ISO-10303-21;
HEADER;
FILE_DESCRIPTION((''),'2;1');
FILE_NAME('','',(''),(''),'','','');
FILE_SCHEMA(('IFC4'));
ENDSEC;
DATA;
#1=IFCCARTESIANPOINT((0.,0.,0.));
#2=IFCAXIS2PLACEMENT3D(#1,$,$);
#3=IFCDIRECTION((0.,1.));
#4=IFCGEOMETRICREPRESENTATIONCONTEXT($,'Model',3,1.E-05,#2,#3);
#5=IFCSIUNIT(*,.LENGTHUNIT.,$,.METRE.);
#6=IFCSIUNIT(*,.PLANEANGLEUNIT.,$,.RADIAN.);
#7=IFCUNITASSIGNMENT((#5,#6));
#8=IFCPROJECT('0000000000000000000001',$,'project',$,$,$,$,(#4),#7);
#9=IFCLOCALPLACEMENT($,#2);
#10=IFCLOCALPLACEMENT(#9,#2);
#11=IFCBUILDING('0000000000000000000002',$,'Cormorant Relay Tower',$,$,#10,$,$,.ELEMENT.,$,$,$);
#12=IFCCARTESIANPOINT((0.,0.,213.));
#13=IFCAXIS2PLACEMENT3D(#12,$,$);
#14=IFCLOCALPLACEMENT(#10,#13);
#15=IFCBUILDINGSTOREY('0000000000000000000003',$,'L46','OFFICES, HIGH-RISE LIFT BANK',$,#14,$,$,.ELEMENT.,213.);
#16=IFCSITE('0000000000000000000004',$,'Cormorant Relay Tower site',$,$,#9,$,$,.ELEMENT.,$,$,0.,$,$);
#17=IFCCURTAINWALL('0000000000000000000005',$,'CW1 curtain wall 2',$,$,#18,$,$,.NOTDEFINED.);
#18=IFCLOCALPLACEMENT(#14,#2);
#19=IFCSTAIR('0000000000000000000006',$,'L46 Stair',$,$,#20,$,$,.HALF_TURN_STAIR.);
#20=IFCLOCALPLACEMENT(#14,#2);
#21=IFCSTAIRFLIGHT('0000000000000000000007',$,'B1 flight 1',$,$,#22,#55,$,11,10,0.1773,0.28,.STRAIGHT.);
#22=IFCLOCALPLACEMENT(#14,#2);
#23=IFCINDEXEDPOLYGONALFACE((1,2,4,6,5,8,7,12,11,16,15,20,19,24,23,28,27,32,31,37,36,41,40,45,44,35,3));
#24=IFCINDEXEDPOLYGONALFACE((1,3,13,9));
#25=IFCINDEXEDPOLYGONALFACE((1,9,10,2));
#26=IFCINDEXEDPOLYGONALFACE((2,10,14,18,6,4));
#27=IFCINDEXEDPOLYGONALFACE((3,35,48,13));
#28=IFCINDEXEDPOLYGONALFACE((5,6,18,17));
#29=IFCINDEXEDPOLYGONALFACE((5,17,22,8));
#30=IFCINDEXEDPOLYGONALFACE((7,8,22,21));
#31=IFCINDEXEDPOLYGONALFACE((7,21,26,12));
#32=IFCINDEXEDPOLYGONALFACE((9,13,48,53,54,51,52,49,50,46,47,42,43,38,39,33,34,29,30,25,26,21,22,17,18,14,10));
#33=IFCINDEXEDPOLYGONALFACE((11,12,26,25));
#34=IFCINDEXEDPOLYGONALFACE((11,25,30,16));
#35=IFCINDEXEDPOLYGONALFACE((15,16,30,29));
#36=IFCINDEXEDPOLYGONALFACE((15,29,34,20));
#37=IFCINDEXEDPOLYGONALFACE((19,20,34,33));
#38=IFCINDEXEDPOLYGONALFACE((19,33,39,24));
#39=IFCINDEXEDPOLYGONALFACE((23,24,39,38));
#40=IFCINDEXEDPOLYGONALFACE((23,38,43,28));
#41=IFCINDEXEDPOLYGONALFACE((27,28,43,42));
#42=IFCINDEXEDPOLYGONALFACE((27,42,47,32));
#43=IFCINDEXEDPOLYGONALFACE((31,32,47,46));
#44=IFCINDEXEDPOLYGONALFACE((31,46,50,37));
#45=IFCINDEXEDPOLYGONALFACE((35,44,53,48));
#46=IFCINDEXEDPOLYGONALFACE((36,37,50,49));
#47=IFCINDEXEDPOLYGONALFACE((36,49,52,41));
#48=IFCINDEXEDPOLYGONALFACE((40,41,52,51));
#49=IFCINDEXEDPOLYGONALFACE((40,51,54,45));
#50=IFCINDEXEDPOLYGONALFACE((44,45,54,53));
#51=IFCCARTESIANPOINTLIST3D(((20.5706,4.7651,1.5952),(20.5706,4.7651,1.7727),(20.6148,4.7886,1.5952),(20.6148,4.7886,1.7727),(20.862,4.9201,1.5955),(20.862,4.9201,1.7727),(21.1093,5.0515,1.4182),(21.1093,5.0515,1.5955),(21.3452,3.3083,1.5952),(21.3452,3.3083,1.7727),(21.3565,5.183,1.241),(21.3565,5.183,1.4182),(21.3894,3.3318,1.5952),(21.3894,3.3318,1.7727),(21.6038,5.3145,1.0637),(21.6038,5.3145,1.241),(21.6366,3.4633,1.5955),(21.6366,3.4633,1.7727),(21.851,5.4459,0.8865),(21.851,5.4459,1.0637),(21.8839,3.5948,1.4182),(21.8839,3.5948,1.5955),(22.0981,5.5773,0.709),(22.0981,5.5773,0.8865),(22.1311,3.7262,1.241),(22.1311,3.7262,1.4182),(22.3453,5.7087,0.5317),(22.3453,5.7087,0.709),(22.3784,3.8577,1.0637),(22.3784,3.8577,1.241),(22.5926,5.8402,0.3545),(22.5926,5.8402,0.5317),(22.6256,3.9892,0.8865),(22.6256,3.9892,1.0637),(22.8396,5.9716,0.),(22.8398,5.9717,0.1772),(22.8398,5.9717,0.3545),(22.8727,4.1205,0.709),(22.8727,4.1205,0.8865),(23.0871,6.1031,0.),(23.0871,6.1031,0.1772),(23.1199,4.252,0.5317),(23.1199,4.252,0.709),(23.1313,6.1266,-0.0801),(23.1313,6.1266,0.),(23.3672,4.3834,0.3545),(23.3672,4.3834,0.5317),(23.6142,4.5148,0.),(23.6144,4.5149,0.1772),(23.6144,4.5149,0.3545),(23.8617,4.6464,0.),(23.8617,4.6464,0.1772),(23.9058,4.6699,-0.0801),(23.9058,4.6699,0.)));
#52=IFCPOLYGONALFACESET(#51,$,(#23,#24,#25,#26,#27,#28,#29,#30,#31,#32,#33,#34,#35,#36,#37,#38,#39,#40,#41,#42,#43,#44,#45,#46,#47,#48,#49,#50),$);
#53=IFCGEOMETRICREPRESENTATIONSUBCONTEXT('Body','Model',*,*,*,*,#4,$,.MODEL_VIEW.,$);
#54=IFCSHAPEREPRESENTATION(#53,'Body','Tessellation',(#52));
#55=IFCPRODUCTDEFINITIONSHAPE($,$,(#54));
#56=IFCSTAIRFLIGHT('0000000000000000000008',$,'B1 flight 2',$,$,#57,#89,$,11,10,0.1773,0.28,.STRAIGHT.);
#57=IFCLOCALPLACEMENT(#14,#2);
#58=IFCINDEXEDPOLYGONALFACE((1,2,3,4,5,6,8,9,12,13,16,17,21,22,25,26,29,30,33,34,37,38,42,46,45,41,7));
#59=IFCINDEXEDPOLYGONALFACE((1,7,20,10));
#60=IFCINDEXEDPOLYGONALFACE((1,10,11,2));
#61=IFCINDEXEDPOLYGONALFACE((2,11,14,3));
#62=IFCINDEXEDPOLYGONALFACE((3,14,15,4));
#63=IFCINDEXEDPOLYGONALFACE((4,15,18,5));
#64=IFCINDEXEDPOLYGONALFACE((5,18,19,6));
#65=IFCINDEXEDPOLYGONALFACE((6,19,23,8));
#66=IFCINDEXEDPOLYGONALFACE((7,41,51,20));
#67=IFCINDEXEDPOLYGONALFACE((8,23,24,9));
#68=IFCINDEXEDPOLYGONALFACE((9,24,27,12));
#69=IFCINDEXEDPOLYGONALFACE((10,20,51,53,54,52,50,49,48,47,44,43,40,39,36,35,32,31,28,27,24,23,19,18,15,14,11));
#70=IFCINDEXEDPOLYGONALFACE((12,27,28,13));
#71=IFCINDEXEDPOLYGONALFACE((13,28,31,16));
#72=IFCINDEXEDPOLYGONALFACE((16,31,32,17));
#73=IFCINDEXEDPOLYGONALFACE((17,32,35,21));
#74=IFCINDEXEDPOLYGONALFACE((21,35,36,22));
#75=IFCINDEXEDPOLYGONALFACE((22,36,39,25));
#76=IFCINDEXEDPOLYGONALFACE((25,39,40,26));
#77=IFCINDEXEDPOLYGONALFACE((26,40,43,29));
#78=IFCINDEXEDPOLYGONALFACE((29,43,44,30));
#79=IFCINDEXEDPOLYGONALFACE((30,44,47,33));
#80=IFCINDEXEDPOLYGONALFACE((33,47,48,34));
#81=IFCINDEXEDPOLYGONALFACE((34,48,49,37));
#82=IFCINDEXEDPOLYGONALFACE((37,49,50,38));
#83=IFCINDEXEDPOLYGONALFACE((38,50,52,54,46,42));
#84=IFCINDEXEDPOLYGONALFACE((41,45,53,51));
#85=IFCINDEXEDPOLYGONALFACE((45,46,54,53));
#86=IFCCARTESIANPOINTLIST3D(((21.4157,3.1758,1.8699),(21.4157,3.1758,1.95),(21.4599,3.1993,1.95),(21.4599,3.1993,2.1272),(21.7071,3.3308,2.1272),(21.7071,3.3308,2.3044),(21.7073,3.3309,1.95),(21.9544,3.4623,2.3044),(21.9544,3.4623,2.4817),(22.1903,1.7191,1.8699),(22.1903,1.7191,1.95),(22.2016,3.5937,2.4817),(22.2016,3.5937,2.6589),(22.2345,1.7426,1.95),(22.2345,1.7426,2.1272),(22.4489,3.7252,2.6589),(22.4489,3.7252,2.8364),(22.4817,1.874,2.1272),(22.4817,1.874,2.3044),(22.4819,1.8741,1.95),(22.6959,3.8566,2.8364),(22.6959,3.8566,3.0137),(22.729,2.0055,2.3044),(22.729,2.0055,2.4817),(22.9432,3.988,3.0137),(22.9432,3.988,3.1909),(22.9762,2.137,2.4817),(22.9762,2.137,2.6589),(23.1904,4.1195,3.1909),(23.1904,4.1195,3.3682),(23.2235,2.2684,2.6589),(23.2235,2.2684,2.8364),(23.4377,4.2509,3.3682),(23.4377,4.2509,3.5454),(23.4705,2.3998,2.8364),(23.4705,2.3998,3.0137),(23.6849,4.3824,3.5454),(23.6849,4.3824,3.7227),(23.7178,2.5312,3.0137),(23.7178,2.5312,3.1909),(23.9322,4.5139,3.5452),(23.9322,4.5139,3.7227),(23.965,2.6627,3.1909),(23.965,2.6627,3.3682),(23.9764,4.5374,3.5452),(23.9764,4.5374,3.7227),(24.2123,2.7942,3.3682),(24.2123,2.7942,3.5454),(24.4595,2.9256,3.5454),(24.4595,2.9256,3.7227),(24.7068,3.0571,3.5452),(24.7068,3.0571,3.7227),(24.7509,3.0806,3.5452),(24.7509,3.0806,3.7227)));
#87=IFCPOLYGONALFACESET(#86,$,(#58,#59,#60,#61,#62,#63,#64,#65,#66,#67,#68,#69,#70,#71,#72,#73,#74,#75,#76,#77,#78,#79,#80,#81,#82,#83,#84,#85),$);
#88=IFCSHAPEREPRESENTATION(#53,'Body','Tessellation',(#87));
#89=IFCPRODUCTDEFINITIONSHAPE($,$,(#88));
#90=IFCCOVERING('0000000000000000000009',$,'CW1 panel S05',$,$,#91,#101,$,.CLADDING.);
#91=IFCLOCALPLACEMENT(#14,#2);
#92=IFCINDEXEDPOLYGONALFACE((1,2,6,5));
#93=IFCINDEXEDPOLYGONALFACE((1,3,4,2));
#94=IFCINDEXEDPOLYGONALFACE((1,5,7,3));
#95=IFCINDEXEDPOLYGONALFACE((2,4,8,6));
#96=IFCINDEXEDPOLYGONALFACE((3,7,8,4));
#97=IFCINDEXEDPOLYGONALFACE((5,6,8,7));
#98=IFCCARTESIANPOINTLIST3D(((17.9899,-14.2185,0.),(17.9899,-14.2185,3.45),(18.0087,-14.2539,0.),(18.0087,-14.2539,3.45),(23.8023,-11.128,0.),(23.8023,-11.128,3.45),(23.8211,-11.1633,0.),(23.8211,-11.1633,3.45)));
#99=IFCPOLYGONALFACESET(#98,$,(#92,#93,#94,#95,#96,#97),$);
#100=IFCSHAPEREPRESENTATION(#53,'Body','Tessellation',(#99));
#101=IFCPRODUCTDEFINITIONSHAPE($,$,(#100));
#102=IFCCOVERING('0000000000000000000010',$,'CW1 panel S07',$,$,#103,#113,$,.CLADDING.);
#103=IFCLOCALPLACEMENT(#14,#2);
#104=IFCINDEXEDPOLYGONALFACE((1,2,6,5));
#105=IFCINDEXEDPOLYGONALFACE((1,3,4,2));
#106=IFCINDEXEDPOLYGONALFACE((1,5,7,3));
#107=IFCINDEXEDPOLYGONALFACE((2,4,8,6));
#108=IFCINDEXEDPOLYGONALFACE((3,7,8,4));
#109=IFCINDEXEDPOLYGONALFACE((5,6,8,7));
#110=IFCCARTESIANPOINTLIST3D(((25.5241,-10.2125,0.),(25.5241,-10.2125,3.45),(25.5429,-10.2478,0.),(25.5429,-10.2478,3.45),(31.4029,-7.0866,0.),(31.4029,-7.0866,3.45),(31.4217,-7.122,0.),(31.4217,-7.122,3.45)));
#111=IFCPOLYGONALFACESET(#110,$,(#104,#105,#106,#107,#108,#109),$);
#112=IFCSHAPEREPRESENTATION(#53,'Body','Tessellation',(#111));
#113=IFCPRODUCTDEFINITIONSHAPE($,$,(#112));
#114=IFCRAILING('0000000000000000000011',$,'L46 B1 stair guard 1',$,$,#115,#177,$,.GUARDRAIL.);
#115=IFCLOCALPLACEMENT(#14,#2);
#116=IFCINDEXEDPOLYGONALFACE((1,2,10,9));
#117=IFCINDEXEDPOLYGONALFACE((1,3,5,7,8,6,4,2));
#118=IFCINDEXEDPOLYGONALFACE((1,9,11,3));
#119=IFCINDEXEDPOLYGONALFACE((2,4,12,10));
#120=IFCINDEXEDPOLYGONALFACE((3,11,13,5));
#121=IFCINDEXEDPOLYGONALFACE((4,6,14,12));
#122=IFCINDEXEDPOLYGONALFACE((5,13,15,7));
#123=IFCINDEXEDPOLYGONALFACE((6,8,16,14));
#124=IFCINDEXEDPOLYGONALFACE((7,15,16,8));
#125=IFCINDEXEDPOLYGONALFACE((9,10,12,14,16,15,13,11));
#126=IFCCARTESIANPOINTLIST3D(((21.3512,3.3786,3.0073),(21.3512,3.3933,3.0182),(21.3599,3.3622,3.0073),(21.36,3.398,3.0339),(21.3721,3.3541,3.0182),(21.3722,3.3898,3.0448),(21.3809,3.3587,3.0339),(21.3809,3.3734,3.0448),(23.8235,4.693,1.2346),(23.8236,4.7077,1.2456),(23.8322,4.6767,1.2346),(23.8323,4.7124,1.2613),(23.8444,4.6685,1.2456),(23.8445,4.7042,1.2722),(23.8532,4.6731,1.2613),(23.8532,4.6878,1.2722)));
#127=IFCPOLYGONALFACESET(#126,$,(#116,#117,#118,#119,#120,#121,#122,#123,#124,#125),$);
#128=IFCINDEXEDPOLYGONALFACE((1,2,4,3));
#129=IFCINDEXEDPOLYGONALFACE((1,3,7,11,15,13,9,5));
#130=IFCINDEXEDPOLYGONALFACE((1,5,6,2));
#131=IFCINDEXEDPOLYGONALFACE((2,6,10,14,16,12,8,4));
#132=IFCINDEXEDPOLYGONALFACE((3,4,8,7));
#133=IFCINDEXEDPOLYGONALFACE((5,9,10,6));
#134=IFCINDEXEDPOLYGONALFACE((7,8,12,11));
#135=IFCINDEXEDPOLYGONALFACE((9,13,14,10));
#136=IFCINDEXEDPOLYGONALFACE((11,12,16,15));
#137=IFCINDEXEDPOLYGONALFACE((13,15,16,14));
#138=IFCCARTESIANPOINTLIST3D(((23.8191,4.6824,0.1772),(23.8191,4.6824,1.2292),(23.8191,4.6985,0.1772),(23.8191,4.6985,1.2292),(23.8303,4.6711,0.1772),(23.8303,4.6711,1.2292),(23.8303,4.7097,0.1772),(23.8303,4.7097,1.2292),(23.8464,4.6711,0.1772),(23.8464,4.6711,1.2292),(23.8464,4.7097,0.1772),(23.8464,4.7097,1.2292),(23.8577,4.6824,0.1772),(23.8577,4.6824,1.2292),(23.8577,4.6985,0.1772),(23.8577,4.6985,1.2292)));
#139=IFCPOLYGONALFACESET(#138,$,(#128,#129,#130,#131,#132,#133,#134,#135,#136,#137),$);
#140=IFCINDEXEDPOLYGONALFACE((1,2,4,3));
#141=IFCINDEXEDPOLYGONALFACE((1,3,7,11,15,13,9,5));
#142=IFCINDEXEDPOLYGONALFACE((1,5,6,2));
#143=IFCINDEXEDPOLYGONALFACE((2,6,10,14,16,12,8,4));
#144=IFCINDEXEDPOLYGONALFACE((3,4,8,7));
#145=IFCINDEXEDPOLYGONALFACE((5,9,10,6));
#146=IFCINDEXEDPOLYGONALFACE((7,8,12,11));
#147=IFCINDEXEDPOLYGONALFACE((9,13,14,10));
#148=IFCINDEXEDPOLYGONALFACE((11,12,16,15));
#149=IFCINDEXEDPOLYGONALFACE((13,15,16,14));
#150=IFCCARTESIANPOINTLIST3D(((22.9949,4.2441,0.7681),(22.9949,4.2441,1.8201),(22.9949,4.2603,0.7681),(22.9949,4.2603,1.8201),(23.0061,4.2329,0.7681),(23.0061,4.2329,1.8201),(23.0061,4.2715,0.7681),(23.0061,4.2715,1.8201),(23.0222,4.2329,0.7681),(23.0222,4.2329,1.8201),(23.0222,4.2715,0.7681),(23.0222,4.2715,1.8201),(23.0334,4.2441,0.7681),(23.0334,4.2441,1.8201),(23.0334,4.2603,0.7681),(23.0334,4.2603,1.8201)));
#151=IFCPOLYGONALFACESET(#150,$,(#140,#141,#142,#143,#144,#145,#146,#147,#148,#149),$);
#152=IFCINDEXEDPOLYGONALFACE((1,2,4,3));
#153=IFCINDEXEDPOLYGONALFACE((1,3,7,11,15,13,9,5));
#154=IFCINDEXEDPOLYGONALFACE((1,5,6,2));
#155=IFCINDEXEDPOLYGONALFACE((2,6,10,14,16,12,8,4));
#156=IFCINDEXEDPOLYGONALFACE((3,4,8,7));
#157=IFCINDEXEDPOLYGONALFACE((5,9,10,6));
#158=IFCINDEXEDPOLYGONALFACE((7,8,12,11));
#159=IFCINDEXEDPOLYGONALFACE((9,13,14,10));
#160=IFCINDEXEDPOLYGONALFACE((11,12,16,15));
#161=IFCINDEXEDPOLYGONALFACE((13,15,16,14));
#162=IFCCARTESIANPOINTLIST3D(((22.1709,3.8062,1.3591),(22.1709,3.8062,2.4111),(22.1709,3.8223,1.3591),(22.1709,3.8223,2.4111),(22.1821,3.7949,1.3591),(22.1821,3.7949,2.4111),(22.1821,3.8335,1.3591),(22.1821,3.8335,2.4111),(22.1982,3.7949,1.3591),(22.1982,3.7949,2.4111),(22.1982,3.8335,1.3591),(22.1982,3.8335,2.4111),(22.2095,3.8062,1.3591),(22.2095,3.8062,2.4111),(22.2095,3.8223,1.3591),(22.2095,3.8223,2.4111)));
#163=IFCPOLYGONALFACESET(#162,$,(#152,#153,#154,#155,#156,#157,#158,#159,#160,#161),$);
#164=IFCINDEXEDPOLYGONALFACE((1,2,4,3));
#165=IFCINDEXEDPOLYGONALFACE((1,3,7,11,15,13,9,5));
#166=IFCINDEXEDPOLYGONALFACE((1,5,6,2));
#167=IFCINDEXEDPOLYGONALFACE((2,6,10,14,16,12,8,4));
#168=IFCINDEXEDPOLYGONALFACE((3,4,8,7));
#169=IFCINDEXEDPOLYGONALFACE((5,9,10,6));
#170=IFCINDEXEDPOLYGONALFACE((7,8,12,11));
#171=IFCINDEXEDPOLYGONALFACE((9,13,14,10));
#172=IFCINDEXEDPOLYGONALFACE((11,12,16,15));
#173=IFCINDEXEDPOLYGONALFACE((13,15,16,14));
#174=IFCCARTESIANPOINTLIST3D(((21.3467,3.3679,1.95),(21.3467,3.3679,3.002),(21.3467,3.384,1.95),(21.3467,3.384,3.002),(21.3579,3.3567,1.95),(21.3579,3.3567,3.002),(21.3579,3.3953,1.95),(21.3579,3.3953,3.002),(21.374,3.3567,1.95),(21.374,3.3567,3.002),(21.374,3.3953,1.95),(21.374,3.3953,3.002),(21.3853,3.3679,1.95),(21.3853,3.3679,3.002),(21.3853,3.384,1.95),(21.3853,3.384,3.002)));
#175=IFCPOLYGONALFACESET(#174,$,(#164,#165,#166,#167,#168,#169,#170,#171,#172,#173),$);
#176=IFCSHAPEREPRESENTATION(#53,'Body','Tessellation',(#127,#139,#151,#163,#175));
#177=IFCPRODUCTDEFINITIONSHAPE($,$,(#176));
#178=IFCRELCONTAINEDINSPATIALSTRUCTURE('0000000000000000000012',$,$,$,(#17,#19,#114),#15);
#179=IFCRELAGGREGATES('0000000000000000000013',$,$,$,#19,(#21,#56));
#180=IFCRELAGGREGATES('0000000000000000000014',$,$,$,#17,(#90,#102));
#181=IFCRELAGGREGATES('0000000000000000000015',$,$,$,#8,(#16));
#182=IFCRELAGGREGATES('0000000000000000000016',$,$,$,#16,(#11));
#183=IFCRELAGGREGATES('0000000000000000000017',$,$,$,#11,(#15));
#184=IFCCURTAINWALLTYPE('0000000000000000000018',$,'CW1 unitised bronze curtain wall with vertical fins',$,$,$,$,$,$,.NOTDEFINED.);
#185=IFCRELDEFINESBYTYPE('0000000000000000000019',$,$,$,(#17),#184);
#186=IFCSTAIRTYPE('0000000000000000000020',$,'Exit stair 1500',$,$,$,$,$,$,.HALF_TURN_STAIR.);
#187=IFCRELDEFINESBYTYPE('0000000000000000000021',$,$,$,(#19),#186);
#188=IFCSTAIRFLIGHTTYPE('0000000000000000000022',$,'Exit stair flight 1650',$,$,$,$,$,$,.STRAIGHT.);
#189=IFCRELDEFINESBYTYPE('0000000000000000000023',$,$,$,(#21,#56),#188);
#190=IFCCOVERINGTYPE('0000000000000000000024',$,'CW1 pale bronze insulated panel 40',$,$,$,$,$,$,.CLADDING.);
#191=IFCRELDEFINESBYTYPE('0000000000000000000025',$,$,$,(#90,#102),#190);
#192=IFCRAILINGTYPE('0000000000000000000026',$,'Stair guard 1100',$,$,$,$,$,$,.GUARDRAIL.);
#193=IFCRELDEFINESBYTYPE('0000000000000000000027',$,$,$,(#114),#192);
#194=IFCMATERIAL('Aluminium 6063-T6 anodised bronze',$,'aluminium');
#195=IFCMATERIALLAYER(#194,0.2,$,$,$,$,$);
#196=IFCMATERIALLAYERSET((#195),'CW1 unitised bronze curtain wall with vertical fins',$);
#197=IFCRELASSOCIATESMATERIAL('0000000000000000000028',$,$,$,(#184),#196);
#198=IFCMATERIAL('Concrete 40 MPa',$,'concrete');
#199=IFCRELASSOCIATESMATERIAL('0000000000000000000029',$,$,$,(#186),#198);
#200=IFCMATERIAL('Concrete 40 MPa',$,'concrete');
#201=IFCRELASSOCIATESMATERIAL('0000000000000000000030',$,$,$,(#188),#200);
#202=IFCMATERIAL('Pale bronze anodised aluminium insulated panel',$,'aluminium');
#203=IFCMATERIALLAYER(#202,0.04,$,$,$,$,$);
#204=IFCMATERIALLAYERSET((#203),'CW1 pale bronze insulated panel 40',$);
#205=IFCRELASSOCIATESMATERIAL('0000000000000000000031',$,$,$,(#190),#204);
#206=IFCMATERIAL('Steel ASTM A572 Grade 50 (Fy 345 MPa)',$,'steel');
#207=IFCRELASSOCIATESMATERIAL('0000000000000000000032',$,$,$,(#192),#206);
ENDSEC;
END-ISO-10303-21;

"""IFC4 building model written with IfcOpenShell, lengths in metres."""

from ifc_helpers import new_model, si_unit, direction, frame, origin, origin_2d, place, context, subcontext, project, spatial, polyline, rectangle, outline, extrude, material, layer, layer_set, type_object, element, aggregate, save


model = new_model("IFC4")

# Units and contexts
model_context = context("Model", 3, precision=1e-05, world=origin(), true_north=direction((0.0, 1.0)))
body_context = subcontext(model_context, "Body", "Model", "MODEL_VIEW")
ifc_project = project(units=[si_unit("LENGTHUNIT", "METRE"), si_unit("PLANEANGLEUNIT", "RADIAN")], contexts=[model_context])

# Site, building, storey
site_placement = place(None, origin())
site = spatial("IfcSite", under=ifc_project, at=site_placement, Name="Cormorant Relay Tower site", CompositionType="ELEMENT", RefElevation=0.0)
building_placement = place(site_placement, origin())
building = spatial("IfcBuilding", under=site, at=building_placement, Name="Cormorant Relay Tower", CompositionType="ELEMENT")
storey_placement = place(building_placement, frame((0.0, 0.0, 213.0)))
storey = spatial("IfcBuildingStorey", under=building, at=storey_placement, Name="L46", Description="OFFICES, HIGH-RISE LIFT BANK", CompositionType="ELEMENT", Elevation=213.0)

# Curtain wall
ifc_material_1 = material(Name="Aluminium 6063-T6 anodised bronze", Category="aluminium")
ifc_layer_1 = layer(ifc_material_1, 0.2)
ifc_layer_set_1 = layer_set([ifc_layer_1], Name="CW1 unitised bronze curtain wall with vertical fins")
curtain_wall_type = type_object("IfcCurtainWallType", Name="CW1 unitised bronze curtain wall with vertical fins", PredefinedType="NOTDEFINED", material=ifc_layer_set_1)
curtain_wall_placement = place(storey_placement, origin())
curtain_wall = element("IfcCurtainWall", 1, at=curtain_wall_placement, inside=storey, type_object=curtain_wall_type, Name="CW1 curtain wall 2", PredefinedType="NOTDEFINED")

# Stair, stair flights
ifc_material_2 = material(Name="Concrete 40 MPa", Category="concrete")
stair_type = type_object("IfcStairType", Name="Exit stair 1500", PredefinedType="HALF_TURN_STAIR", material=ifc_material_2)
stair_placement = place(storey_placement, origin())
stair = element("IfcStair", 2, at=stair_placement, inside=storey, type_object=stair_type, Name="L46 Stair", PredefinedType="HALF_TURN_STAIR")
ifc_material_3 = material(Name="Concrete 40 MPa", Category="concrete")
stair_flight_type = type_object("IfcStairFlightType", Name="Exit stair flight 1650", PredefinedType="STRAIGHT", material=ifc_material_3)
stair_flight_1_placement = place(storey_placement, frame((23.4744, 5.3748, 0.0), z_axis=(0.0, 0.0, 1.0), x_axis=(-0.882948, -0.469472, 0.0)))
stair_flight_1 = element("IfcStairFlight", 3, at=stair_flight_1_placement, type_object=stair_flight_type, Name="B1 flight 1", NumberOfRisers=11, NumberOfTreads=10, PredefinedType="STRAIGHT", RiserHeight=0.1773, TreadLength=0.28, context=body_context, shape_type="SweptSolid", body=[
    extrude(outline(polyline([(-0.05, -0.0801), (-0.05, 0.0), (0.0, 0.0), (0.0, 0.1772), (0.28, 0.1772), (0.28, 0.3545), (0.5601, 0.3545), (0.5601, 0.5317), (0.8401, 0.5317), (0.8401, 0.709), (1.1201, 0.709), (1.1201, 0.8865), (1.3999, 0.8865), (1.3999, 1.0637), (1.6799, 1.0637), (1.6799, 1.241), (1.96, 1.241), (1.96, 1.4182), (2.24, 1.4182), (2.24, 1.5955), (2.52, 1.5955), (2.52, 1.7727), (2.8, 1.7727), (2.8501, 1.7727), (2.8501, 1.5952), (2.8, 1.5952), (0.2803, 0.0), (-0.05, -0.0801)])), frame((0.0, 0.825, 0.0), z_axis=(0.0, -1.0, 0.0), x_axis=(1.0, 0.0, 0.0)), (0.0, 0.0, 1.0), 1.6499),
])
stair_flight_2_placement = place(storey_placement, frame((21.8472, 2.4709, 1.95), z_axis=(0.0, 0.0, 1.0), x_axis=(0.882948, 0.469472, 0.0)))
stair_flight_2 = element("IfcStairFlight", 4, at=stair_flight_2_placement, type_object=stair_flight_type, Name="B1 flight 2", NumberOfRisers=11, NumberOfTreads=10, PredefinedType="STRAIGHT", RiserHeight=0.1773, TreadLength=0.28, context=body_context, shape_type="SweptSolid", body=[
    extrude(outline(polyline([(-0.05, -0.0801), (-0.05, 0.0), (0.0, 0.0), (0.0, 0.1772), (0.28, 0.1772), (0.28, 0.3545), (0.5601, 0.3545), (0.5601, 0.5317), (0.8401, 0.5317), (0.8401, 0.709), (1.1201, 0.709), (1.1201, 0.8865), (1.3999, 0.8865), (1.3999, 1.0637), (1.6799, 1.0637), (1.6799, 1.241), (1.96, 1.241), (1.96, 1.4182), (2.24, 1.4182), (2.24, 1.5955), (2.52, 1.5955), (2.52, 1.7727), (2.8, 1.7727), (2.8501, 1.7727), (2.8501, 1.5952), (2.8, 1.5952), (0.2803, 0.0), (-0.05, -0.0801)])), frame((0.0, 0.825, 0.0), z_axis=(0.0, -1.0, 0.0), x_axis=(1.0, 0.0, 0.0)), (0.0, 0.0, 1.0), 1.6499),
])
aggregate(stair, [stair_flight_1, stair_flight_2])

# Coverings
ifc_material_4 = material(Name="Pale bronze anodised aluminium insulated panel", Category="aluminium")
ifc_layer_2 = layer(ifc_material_4, 0.04)
ifc_layer_set_2 = layer_set([ifc_layer_2], Name="CW1 pale bronze insulated panel 40")
covering_type = type_object("IfcCoveringType", Name="CW1 pale bronze insulated panel 40", PredefinedType="CLADDING", material=ifc_layer_set_2)
covering_1_placement = place(storey_placement, frame((20.9055, -12.6909, 0.0), z_axis=(0.0, 0.0, 1.0), x_axis=(0.882948, 0.469472, 0.0)))
covering_1 = element("IfcCovering", 5, at=covering_1_placement, type_object=covering_type, Name="CW1 panel S05", PredefinedType="CLADDING", context=body_context, shape_type="SweptSolid", body=[
    extrude(rectangle(XDim=6.583, YDim=0.04, at=origin_2d()), origin(), (0.0, 0.0, 1.0), 3.45),
])
covering_2_placement = place(storey_placement, frame((28.4729, -8.6672, 0.0), z_axis=(0.0, 0.0, 1.0), x_axis=(0.882948, 0.469472, 0.0)))
covering_2 = element("IfcCovering", 6, at=covering_2_placement, type_object=covering_type, Name="CW1 panel S07", PredefinedType="CLADDING", context=body_context, shape_type="SweptSolid", body=[
    extrude(rectangle(XDim=6.6582, YDim=0.04, at=origin_2d()), origin(), (0.0, 0.0, 1.0), 3.45),
])
aggregate(curtain_wall, [covering_1, covering_2])

# Railing
ifc_material_5 = material(Name="Steel ASTM A572 Grade 50 (Fy 345 MPa)", Category="steel")
railing_type_1 = type_object("IfcRailingType", Name="Stair guard 1100", PredefinedType="GUARDRAIL", material=ifc_material_5)
railing_1_placement = place(storey_placement, frame((23.8384, 4.6904, 0.1772)))
element("IfcRailing", 7, at=railing_1_placement, inside=storey, type_object=railing_type_1, Name="L46 B1 stair guard 1", PredefinedType="GUARDRAIL", context=body_context, shape_type="SweptSolid", body=[
    extrude(outline(polyline([(0.0222, 0.0093), (0.0093, 0.0222), (-0.0093, 0.0222), (-0.0222, 0.0093), (-0.0222, -0.0093), (-0.0093, -0.0222), (0.0093, -0.0222), (0.0222, -0.0093), (0.0222, 0.0093)])), frame((0.0, 0.0, 1.0762), z_axis=(-0.746034, -0.396627, 0.534902), x_axis=(0.469429, -0.88297, 0.0)), (0.0, 0.0, 1.0), 3.314),
    extrude(outline(polyline([(0.0193, 0.0081), (0.0081, 0.0193), (-0.0081, 0.0193), (-0.0193, 0.0081), (-0.0193, -0.0081), (-0.0081, -0.0193), (0.0081, -0.0193), (0.0193, -0.0081), (0.0193, 0.0081)])), origin(), (0.0, 0.0, 1.0), 1.052),
    extrude(outline(polyline([(0.0193, 0.0081), (0.0081, 0.0193), (-0.0081, 0.0193), (-0.0193, 0.0081), (-0.0193, -0.0081), (-0.0081, -0.0193), (0.0081, -0.0193), (0.0193, -0.0081), (0.0193, 0.0081)])), frame((-0.8242, -0.4382, 0.5908)), (0.0, 0.0, 1.0), 1.052),
    extrude(outline(polyline([(0.0193, 0.0081), (0.0081, 0.0193), (-0.0081, 0.0193), (-0.0193, 0.0081), (-0.0193, -0.0081), (-0.0081, -0.0193), (0.0081, -0.0193), (0.0193, -0.0081), (0.0193, 0.0081)])), frame((-1.6482, -0.8762, 1.1819)), (0.0, 0.0, 1.0), 1.052),
    extrude(outline(polyline([(0.0193, 0.0081), (0.0081, 0.0193), (-0.0081, 0.0193), (-0.0193, 0.0081), (-0.0193, -0.0081), (-0.0081, -0.0193), (0.0081, -0.0193), (0.0193, -0.0081), (0.0193, 0.0081)])), frame((-2.4724, -1.3145, 1.7727)), (0.0, 0.0, 1.0), 1.052),
])

save(model, "model.ifc")
